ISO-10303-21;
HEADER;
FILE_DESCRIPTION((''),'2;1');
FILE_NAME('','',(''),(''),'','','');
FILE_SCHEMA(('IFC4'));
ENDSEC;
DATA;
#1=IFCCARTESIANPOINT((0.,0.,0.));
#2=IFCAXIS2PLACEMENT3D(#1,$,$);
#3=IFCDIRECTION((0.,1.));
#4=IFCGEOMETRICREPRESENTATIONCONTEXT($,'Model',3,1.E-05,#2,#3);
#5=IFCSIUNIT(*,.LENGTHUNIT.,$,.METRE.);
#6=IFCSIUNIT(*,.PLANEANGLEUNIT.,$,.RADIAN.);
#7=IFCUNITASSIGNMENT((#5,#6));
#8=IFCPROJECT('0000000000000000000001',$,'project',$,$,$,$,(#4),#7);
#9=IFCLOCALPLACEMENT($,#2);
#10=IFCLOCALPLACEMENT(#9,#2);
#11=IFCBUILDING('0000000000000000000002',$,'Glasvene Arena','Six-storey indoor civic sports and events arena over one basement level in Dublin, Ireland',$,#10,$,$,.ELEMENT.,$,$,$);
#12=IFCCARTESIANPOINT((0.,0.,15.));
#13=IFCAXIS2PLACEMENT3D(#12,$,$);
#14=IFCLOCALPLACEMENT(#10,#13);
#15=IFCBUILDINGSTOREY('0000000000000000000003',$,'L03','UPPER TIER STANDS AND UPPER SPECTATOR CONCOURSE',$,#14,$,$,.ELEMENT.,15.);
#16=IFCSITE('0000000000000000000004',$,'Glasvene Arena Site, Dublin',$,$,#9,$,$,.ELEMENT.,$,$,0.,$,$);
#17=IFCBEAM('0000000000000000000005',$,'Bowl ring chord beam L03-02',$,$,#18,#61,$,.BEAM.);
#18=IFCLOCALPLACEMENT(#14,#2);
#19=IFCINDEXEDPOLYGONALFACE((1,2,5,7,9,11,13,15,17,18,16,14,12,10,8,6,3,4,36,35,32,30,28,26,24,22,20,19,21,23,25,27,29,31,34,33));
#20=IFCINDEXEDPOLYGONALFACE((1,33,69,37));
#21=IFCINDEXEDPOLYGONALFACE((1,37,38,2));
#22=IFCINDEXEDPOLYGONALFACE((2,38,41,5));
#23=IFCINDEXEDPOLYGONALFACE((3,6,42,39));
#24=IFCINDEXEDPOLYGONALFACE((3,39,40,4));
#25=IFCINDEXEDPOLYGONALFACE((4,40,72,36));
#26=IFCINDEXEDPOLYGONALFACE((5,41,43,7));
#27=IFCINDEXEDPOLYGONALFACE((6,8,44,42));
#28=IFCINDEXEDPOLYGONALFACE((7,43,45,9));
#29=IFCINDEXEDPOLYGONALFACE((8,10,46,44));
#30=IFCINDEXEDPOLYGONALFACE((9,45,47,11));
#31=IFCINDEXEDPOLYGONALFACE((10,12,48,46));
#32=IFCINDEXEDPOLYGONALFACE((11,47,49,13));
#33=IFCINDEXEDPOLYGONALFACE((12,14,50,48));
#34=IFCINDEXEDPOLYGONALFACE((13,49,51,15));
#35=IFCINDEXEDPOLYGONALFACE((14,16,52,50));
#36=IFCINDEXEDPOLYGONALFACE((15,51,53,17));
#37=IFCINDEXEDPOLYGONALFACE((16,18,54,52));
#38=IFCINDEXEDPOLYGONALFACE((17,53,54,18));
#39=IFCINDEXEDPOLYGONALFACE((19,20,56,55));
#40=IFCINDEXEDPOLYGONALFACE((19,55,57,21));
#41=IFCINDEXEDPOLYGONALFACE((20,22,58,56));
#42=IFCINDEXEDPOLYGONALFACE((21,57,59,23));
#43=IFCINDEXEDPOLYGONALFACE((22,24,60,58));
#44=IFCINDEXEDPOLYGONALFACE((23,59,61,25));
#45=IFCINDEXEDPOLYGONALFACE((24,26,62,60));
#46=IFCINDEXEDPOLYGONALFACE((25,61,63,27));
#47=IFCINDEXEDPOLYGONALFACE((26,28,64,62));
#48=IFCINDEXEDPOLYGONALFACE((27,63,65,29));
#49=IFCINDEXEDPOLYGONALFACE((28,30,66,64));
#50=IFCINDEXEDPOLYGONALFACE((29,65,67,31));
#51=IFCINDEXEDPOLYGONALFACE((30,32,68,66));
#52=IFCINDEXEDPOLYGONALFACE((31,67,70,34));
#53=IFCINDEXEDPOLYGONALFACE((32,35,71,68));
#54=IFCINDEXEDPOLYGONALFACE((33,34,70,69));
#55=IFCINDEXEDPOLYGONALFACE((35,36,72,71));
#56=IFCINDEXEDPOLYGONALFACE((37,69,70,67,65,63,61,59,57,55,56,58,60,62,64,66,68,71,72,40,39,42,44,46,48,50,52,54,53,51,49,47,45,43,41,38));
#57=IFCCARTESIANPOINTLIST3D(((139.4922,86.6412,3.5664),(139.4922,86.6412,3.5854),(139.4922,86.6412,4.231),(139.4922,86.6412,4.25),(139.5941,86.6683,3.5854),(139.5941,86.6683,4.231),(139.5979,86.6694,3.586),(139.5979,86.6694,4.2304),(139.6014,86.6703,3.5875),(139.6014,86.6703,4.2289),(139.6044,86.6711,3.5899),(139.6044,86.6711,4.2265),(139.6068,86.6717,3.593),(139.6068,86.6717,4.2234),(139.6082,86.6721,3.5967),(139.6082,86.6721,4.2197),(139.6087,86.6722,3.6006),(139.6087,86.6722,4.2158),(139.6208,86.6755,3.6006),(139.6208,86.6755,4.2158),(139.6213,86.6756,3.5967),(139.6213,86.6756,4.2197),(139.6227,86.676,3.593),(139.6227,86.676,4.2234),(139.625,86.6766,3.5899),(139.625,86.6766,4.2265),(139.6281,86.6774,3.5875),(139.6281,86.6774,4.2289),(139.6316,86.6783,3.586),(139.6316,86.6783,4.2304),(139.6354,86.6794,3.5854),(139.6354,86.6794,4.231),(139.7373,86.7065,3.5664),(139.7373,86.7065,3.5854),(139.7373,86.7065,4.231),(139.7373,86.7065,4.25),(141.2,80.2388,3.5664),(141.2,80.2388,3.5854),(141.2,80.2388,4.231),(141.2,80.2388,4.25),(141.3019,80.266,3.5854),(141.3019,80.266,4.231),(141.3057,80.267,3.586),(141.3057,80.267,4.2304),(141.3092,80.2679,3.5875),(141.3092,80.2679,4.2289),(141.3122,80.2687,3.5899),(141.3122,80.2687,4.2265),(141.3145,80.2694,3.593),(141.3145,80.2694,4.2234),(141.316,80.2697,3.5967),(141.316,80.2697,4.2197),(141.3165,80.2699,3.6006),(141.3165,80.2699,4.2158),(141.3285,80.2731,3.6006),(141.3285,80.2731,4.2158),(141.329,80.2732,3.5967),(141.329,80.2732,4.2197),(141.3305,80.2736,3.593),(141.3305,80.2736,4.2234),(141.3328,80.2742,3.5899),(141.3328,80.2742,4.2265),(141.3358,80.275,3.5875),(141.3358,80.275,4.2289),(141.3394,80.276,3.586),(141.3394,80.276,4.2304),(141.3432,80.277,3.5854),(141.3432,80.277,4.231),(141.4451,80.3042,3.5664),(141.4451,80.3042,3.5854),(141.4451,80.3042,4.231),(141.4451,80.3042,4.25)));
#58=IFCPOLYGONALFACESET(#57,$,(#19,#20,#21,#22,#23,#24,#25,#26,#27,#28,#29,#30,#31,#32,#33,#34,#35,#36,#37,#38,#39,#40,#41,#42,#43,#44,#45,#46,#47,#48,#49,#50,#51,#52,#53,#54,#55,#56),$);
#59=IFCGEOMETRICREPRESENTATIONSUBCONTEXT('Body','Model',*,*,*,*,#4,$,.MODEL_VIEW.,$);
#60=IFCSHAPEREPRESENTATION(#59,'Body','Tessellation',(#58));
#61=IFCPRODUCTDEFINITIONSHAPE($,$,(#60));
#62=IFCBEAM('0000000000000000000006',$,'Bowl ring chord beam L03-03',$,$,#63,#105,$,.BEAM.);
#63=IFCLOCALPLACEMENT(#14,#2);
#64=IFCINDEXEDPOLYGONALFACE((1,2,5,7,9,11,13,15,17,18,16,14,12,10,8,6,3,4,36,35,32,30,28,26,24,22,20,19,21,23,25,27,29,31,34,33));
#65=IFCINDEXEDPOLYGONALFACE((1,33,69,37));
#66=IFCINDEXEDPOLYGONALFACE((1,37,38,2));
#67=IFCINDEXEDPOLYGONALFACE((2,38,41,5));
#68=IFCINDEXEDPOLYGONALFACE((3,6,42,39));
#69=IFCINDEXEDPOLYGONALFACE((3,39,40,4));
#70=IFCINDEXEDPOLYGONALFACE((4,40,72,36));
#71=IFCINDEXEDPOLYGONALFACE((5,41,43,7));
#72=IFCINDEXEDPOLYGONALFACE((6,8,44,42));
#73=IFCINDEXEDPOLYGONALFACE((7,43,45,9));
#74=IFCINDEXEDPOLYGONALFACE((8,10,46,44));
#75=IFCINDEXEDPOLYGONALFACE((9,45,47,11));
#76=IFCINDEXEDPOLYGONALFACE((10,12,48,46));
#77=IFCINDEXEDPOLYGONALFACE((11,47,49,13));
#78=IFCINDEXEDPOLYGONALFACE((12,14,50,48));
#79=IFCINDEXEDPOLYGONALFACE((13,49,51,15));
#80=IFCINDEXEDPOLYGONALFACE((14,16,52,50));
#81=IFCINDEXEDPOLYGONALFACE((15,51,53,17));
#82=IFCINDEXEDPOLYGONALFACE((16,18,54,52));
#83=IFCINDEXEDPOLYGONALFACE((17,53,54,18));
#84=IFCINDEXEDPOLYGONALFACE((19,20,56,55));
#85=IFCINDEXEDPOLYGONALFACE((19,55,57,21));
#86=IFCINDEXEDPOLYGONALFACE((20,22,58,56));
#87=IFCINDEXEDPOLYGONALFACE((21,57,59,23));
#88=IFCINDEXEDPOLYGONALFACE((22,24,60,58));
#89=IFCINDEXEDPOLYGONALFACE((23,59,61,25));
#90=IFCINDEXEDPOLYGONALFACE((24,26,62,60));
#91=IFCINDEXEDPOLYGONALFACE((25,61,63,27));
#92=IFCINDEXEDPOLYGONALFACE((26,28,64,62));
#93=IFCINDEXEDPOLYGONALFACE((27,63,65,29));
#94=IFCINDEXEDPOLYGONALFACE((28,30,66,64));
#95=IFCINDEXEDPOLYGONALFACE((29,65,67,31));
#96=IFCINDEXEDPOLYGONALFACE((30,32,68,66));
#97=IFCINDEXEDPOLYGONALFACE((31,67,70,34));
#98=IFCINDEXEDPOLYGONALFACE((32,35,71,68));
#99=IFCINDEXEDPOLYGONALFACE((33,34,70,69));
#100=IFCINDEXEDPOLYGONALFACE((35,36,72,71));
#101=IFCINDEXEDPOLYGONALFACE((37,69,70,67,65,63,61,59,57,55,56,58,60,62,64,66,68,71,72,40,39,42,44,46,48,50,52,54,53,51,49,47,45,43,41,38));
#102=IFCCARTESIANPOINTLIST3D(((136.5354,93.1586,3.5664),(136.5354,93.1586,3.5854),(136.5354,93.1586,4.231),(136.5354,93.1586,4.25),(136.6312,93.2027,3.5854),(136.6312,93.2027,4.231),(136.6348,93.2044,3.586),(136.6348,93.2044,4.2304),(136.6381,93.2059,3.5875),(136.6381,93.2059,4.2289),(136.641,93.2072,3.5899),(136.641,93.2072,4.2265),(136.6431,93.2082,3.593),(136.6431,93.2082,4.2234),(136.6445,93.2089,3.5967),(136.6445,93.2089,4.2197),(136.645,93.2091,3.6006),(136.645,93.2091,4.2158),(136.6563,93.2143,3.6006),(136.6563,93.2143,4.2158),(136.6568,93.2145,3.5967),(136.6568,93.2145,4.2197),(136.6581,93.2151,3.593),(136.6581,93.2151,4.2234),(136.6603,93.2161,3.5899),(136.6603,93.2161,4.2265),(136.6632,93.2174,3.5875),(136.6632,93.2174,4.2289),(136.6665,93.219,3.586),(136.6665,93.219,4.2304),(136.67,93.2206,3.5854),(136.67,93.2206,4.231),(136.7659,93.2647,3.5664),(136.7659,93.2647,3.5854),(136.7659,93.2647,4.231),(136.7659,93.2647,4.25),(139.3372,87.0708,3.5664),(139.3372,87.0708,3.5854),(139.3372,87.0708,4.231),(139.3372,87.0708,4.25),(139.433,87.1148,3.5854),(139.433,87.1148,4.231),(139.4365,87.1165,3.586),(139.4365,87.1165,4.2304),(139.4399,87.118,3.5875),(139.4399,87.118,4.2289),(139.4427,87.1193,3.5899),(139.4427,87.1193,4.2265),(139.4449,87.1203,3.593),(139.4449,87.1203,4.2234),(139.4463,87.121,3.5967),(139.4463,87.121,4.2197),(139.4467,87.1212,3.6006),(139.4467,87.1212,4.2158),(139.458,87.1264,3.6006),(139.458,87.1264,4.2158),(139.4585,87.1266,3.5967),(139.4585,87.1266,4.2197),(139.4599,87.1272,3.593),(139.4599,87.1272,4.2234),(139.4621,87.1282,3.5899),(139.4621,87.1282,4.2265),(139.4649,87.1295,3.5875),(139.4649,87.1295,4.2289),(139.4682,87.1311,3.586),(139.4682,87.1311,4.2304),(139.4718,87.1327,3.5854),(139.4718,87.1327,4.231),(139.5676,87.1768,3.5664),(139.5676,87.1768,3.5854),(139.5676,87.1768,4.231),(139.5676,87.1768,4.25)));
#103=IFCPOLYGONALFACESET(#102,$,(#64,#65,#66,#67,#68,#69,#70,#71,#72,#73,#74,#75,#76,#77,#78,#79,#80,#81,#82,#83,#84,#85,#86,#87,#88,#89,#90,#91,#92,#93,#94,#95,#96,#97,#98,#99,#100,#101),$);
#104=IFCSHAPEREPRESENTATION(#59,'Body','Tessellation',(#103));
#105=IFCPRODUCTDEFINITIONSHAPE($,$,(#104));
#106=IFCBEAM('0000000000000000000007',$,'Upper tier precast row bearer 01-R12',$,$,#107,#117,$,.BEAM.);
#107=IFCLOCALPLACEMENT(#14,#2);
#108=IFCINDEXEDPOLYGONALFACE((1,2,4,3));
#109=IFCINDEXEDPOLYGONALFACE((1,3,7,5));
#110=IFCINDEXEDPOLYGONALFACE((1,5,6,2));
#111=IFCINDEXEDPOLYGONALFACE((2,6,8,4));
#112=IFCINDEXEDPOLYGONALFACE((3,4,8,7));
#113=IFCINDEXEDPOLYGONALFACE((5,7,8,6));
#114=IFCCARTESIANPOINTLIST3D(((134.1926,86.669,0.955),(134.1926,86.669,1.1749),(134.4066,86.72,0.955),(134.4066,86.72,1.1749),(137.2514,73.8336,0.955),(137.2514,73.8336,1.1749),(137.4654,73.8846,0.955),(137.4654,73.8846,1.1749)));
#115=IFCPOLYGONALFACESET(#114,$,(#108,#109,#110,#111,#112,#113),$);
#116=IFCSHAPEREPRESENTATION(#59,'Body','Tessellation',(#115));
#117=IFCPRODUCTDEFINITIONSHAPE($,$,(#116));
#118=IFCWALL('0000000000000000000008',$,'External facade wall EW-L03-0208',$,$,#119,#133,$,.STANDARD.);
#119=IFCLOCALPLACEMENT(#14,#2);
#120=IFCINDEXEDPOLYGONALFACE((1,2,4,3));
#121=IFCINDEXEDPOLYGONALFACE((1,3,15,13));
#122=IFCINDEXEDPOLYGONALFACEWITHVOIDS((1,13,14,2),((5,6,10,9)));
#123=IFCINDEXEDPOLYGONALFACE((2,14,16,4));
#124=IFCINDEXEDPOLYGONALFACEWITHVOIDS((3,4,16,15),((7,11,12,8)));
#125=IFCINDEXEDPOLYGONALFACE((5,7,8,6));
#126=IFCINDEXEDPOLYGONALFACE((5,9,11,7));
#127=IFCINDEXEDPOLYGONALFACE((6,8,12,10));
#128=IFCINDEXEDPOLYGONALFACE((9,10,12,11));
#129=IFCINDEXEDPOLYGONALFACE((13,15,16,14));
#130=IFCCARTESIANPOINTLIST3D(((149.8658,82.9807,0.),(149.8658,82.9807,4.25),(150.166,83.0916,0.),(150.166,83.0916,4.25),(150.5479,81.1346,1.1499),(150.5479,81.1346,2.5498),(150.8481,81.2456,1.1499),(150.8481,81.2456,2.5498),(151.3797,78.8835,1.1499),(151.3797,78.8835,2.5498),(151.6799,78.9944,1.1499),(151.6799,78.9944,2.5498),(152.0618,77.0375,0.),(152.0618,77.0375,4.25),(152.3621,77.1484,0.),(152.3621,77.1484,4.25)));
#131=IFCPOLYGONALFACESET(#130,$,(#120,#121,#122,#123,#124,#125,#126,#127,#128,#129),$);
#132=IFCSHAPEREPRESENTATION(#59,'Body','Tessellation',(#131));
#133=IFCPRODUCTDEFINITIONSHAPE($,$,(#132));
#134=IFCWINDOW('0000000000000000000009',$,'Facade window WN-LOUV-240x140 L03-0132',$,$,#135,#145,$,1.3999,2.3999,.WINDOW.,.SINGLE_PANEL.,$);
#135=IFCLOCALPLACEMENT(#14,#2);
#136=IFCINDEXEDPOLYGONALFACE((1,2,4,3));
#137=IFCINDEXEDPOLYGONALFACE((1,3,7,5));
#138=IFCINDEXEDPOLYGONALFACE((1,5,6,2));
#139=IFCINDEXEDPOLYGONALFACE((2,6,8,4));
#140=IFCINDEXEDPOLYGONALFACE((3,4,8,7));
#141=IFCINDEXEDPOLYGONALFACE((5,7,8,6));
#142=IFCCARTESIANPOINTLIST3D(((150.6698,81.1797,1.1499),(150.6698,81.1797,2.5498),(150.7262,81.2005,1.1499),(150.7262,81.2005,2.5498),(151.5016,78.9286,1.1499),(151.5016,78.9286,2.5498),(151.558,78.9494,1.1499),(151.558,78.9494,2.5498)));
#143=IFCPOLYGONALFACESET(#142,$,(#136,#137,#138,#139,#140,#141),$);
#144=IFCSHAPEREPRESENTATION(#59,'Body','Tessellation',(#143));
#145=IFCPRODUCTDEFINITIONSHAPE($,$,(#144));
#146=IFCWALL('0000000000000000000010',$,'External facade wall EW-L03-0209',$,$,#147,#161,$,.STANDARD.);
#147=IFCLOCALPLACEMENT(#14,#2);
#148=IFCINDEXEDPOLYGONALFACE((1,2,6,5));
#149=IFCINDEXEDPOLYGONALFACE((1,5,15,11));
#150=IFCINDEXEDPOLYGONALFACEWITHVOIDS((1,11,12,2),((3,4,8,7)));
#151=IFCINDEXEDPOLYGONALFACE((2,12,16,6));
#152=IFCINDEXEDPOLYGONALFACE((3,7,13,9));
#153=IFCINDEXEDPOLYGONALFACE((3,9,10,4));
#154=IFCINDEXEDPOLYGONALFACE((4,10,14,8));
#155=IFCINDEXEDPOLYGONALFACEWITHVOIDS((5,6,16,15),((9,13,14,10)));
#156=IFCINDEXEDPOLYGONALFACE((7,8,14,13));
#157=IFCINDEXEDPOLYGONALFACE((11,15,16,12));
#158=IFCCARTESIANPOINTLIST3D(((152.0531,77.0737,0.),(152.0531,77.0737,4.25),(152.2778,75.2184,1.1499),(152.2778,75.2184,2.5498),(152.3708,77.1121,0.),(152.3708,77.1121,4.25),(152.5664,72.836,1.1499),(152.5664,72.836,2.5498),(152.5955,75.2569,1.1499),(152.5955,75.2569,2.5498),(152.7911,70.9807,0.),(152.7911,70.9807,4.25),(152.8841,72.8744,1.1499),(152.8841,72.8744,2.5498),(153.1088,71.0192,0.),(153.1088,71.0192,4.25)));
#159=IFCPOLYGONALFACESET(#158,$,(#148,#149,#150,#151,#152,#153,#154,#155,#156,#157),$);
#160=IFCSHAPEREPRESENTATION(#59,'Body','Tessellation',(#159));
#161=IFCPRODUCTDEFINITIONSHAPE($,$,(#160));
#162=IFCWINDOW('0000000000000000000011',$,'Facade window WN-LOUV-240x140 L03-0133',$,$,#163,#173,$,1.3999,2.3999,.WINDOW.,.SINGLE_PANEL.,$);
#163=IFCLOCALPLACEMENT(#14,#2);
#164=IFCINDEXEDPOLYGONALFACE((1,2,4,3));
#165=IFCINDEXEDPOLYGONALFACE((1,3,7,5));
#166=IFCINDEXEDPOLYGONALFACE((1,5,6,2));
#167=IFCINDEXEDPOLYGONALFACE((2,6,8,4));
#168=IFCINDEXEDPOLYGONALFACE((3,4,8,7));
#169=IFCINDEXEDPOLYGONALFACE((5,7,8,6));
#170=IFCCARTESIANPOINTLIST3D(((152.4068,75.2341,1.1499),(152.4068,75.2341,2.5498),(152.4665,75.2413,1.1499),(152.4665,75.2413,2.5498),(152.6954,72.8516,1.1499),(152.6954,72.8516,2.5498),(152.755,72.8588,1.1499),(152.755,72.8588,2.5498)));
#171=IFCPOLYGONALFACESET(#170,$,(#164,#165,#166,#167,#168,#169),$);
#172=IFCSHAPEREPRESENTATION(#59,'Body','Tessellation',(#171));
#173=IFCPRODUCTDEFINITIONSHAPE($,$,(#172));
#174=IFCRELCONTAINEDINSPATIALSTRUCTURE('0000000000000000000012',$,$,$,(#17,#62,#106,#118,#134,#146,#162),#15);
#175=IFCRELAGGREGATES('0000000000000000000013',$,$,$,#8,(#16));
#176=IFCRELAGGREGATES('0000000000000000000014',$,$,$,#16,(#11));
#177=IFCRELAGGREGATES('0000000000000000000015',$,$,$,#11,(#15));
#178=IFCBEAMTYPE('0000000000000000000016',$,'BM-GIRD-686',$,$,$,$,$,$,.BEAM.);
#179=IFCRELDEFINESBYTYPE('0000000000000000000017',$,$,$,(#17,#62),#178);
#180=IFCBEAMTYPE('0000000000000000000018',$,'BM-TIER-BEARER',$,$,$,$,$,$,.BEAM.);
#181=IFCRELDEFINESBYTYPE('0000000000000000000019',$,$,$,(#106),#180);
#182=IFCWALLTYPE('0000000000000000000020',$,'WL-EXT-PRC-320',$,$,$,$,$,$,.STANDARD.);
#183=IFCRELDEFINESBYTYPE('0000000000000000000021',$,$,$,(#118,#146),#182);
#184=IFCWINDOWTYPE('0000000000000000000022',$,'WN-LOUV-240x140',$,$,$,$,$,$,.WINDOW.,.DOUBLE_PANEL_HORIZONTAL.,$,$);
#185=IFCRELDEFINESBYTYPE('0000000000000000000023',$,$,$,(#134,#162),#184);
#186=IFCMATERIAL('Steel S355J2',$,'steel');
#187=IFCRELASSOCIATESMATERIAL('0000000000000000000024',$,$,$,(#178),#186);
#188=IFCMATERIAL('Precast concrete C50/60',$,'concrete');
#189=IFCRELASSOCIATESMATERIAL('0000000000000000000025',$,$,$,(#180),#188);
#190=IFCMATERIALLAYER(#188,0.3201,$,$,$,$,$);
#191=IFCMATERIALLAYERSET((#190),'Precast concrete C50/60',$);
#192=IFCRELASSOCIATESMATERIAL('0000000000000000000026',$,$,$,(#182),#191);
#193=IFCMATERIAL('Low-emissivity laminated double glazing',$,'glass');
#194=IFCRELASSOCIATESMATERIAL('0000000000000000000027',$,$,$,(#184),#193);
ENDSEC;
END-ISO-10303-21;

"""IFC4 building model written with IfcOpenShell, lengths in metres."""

from ifc_helpers import new_model, si_unit, direction, frame, frame_2d, origin, origin_2d, place, context, subcontext, project, spatial, rectangle, i_section, extrude, material, layer, layer_set, material_profile, profile_set, type_object, element, fill, save


model = new_model("IFC4")

# Units and contexts
model_context = context("Model", 3, precision=1e-05, world=origin(), true_north=direction((0.0, 1.0)))
body_context = subcontext(model_context, "Body", "Model", "MODEL_VIEW")
ifc_project = project(units=[si_unit("LENGTHUNIT", "METRE"), si_unit("PLANEANGLEUNIT", "RADIAN")], contexts=[model_context])

# Site, building, storey
site_placement = place(None, origin())
site = spatial("IfcSite", under=ifc_project, at=site_placement, Name="Glasvene Arena Site, Dublin", CompositionType="ELEMENT", RefElevation=0.0)
building_placement = place(site_placement, origin())
building = spatial("IfcBuilding", under=site, at=building_placement, Name="Glasvene Arena", Description="Six-storey indoor civic sports and events arena over one basement level in Dublin, Ireland", CompositionType="ELEMENT")
storey_placement = place(building_placement, frame((0.0, 0.0, 15.0)))
storey = spatial("IfcBuildingStorey", under=building, at=storey_placement, Name="L03", Description="UPPER TIER STANDS AND UPPER SPECTATOR CONCOURSE", CompositionType="ELEMENT", Elevation=15.0)

# Shared definitions
ifc_material_1 = material(Name="Steel S355J2", Category="steel")

# Beams
ifc_material_profile_1 = material_profile(ifc_material_1, i_section(OverallWidth=0.2537, OverallDepth=0.6836, WebThickness=0.0125, FlangeThickness=0.019, FilletRadius=0.0151, at=origin_2d()), Name="UKB 686x254x140")
ifc_profile_set_1 = profile_set([ifc_material_profile_1], Name="Steel S355J2")
beam_type_1 = type_object("IfcBeamType", Name="BM-GIRD-686", PredefinedType="BEAM", material=ifc_profile_set_1)
beam_1_placement = place(storey_placement, frame((141.3225, 80.2715, 3.9082), z_axis=(-0.257729, 0.966217, 0.0), x_axis=(-0.966217, -0.257729, 0.0)))
element("IfcBeam", 1, at=beam_1_placement, inside=storey, type_object=beam_type_1, Name="Bowl ring chord beam L03-02", PredefinedType="BEAM", context=body_context, shape_type="SweptSolid", body=[
    extrude(i_section(OverallWidth=0.2537, OverallDepth=0.6836, WebThickness=0.0125, FlangeThickness=0.019, FilletRadius=0.0151, at=origin_2d()), origin(), (0.0, 0.0, 1.0), 6.6262),
])
beam_2_placement = place(storey_placement, frame((139.4524, 87.1238, 3.9082), z_axis=(-0.418069, 0.908415, 0.0), x_axis=(-0.908415, -0.418069, 0.0)))
element("IfcBeam", 2, at=beam_2_placement, inside=storey, type_object=beam_type_1, Name="Bowl ring chord beam L03-03", PredefinedType="BEAM", context=body_context, shape_type="SweptSolid", body=[
    extrude(i_section(OverallWidth=0.2537, OverallDepth=0.6836, WebThickness=0.0125, FlangeThickness=0.019, FilletRadius=0.0151, at=origin_2d()), origin(), (0.0, 0.0, 1.0), 6.7017),
])
ifc_material_2 = material(Name="Precast concrete C50/60", Category="concrete")
ifc_material_profile_2 = material_profile(ifc_material_2, rectangle(XDim=0.22, YDim=0.22, at=origin_2d()), Name="RC 220x220")
ifc_profile_set_2 = profile_set([ifc_material_profile_2], Name="Precast concrete C50/60")
beam_type_2 = type_object("IfcBeamType", Name="BM-TIER-BEARER", PredefinedType="BEAM", material=ifc_profile_set_2)
beam_3_placement = place(storey_placement, frame((137.3584, 73.8591, 1.0649), z_axis=(-0.23182, 0.972759, 0.0), x_axis=(-0.972759, -0.23182, 0.0)))
element("IfcBeam", 3, at=beam_3_placement, inside=storey, type_object=beam_type_2, Name="Upper tier precast row bearer 01-R12", PredefinedType="BEAM", context=body_context, shape_type="SweptSolid", body=[
    extrude(rectangle(XDim=0.22, YDim=0.22, at=origin_2d()), origin(), (0.0, 0.0, 1.0), 13.1948),
])

# Walls, openings, windows
ifc_layer_1 = layer(ifc_material_2, 0.3201)
ifc_layer_set_1 = layer_set([ifc_layer_1], Name="Precast concrete C50/60")
wall_type_1 = type_object("IfcWallType", Name="WL-EXT-PRC-320", PredefinedType="STANDARD", material=ifc_layer_set_1)
wall_1_placement = place(storey_placement, frame((150.0159, 83.0361, 0.0), z_axis=(0.0, 0.0, 1.0), x_axis=(0.346605, -0.938011, 0.0)))
wall_1 = element("IfcWall", 4, at=wall_1_placement, inside=storey, type_object=wall_type_1, Name="External facade wall EW-L03-0208", PredefinedType="STANDARD", context=body_context, shape_type="SweptSolid", body=[
    extrude(rectangle(XDim=6.3359, YDim=0.3201, at=frame_2d((3.168, 0.0))), origin(), (0.0, 0.0, 1.0), 4.25),
])
opening_1_placement = place(wall_1_placement, frame((1.968, 0.0, 1.1499)))
opening_1 = element("IfcOpeningElement", 5, at=opening_1_placement, cuts=wall_1, PredefinedType="OPENING", context=body_context, shape_type="SweptSolid", body=[
    extrude(rectangle(XDim=2.3999, YDim=1.3999, at=frame_2d((1.2, 0.7))), frame((0.0, 0.1699, 0.0), z_axis=(0.0, -1.0, 0.0), x_axis=(1.0, 0.0, 0.0)), (0.0, 0.0, 1.0), 0.3401),
])
ifc_material_3 = material(Name="Low-emissivity laminated double glazing", Category="glass")
window_type = type_object("IfcWindowType", Name="WN-LOUV-240x140", PartitioningType="DOUBLE_PANEL_HORIZONTAL", PredefinedType="WINDOW", material=ifc_material_3)
window_1_placement = place(opening_1_placement, origin())
window_1 = element("IfcWindow", 6, at=window_1_placement, inside=storey, type_object=window_type, Name="Facade window WN-LOUV-240x140 L03-0132", OverallHeight=1.3999, OverallWidth=2.3999, PartitioningType="SINGLE_PANEL", PredefinedType="WINDOW", context=body_context, shape_type="SweptSolid", body=[
    extrude(rectangle(XDim=2.3999, YDim=1.3999, at=frame_2d((1.2, 0.7))), frame((0.0, 0.03, 0.0), z_axis=(0.0, -1.0, 0.0), x_axis=(1.0, 0.0, 0.0)), (0.0, 0.0, 1.0), 0.0601),
])
fill(opening_1, window_1)
wall_2_placement = place(storey_placement, frame((152.2119, 77.093, 0.0), z_axis=(0.0, 0.0, 1.0), x_axis=(0.120249, -0.992744, 0.0)))
wall_2 = element("IfcWall", 7, at=wall_2_placement, inside=storey, type_object=wall_type_1, Name="External facade wall EW-L03-0209", PredefinedType="STANDARD", context=body_context, shape_type="SweptSolid", body=[
    extrude(rectangle(XDim=6.1375, YDim=0.3201, at=frame_2d((3.0688, 0.0))), origin(), (0.0, 0.0, 1.0), 4.25),
])
opening_2_placement = place(wall_2_placement, frame((1.8689, 0.0, 1.1499)))
opening_2 = element("IfcOpeningElement", 8, at=opening_2_placement, cuts=wall_2, PredefinedType="OPENING", context=body_context, shape_type="SweptSolid", body=[
    extrude(rectangle(XDim=2.3999, YDim=1.3999, at=frame_2d((1.2, 0.7))), frame((0.0, 0.1699, 0.0), z_axis=(0.0, -1.0, 0.0), x_axis=(1.0, 0.0, 0.0)), (0.0, 0.0, 1.0), 0.3401),
])
window_2_placement = place(opening_2_placement, origin())
window_2 = element("IfcWindow", 9, at=window_2_placement, inside=storey, type_object=window_type, Name="Facade window WN-LOUV-240x140 L03-0133", OverallHeight=1.3999, OverallWidth=2.3999, PartitioningType="SINGLE_PANEL", PredefinedType="WINDOW", context=body_context, shape_type="SweptSolid", body=[
    extrude(rectangle(XDim=2.3999, YDim=1.3999, at=frame_2d((1.2, 0.7))), frame((0.0, 0.03, 0.0), z_axis=(0.0, -1.0, 0.0), x_axis=(1.0, 0.0, 0.0)), (0.0, 0.0, 1.0), 0.0601),
])
fill(opening_2, window_2)

save(model, "model.ifc")
